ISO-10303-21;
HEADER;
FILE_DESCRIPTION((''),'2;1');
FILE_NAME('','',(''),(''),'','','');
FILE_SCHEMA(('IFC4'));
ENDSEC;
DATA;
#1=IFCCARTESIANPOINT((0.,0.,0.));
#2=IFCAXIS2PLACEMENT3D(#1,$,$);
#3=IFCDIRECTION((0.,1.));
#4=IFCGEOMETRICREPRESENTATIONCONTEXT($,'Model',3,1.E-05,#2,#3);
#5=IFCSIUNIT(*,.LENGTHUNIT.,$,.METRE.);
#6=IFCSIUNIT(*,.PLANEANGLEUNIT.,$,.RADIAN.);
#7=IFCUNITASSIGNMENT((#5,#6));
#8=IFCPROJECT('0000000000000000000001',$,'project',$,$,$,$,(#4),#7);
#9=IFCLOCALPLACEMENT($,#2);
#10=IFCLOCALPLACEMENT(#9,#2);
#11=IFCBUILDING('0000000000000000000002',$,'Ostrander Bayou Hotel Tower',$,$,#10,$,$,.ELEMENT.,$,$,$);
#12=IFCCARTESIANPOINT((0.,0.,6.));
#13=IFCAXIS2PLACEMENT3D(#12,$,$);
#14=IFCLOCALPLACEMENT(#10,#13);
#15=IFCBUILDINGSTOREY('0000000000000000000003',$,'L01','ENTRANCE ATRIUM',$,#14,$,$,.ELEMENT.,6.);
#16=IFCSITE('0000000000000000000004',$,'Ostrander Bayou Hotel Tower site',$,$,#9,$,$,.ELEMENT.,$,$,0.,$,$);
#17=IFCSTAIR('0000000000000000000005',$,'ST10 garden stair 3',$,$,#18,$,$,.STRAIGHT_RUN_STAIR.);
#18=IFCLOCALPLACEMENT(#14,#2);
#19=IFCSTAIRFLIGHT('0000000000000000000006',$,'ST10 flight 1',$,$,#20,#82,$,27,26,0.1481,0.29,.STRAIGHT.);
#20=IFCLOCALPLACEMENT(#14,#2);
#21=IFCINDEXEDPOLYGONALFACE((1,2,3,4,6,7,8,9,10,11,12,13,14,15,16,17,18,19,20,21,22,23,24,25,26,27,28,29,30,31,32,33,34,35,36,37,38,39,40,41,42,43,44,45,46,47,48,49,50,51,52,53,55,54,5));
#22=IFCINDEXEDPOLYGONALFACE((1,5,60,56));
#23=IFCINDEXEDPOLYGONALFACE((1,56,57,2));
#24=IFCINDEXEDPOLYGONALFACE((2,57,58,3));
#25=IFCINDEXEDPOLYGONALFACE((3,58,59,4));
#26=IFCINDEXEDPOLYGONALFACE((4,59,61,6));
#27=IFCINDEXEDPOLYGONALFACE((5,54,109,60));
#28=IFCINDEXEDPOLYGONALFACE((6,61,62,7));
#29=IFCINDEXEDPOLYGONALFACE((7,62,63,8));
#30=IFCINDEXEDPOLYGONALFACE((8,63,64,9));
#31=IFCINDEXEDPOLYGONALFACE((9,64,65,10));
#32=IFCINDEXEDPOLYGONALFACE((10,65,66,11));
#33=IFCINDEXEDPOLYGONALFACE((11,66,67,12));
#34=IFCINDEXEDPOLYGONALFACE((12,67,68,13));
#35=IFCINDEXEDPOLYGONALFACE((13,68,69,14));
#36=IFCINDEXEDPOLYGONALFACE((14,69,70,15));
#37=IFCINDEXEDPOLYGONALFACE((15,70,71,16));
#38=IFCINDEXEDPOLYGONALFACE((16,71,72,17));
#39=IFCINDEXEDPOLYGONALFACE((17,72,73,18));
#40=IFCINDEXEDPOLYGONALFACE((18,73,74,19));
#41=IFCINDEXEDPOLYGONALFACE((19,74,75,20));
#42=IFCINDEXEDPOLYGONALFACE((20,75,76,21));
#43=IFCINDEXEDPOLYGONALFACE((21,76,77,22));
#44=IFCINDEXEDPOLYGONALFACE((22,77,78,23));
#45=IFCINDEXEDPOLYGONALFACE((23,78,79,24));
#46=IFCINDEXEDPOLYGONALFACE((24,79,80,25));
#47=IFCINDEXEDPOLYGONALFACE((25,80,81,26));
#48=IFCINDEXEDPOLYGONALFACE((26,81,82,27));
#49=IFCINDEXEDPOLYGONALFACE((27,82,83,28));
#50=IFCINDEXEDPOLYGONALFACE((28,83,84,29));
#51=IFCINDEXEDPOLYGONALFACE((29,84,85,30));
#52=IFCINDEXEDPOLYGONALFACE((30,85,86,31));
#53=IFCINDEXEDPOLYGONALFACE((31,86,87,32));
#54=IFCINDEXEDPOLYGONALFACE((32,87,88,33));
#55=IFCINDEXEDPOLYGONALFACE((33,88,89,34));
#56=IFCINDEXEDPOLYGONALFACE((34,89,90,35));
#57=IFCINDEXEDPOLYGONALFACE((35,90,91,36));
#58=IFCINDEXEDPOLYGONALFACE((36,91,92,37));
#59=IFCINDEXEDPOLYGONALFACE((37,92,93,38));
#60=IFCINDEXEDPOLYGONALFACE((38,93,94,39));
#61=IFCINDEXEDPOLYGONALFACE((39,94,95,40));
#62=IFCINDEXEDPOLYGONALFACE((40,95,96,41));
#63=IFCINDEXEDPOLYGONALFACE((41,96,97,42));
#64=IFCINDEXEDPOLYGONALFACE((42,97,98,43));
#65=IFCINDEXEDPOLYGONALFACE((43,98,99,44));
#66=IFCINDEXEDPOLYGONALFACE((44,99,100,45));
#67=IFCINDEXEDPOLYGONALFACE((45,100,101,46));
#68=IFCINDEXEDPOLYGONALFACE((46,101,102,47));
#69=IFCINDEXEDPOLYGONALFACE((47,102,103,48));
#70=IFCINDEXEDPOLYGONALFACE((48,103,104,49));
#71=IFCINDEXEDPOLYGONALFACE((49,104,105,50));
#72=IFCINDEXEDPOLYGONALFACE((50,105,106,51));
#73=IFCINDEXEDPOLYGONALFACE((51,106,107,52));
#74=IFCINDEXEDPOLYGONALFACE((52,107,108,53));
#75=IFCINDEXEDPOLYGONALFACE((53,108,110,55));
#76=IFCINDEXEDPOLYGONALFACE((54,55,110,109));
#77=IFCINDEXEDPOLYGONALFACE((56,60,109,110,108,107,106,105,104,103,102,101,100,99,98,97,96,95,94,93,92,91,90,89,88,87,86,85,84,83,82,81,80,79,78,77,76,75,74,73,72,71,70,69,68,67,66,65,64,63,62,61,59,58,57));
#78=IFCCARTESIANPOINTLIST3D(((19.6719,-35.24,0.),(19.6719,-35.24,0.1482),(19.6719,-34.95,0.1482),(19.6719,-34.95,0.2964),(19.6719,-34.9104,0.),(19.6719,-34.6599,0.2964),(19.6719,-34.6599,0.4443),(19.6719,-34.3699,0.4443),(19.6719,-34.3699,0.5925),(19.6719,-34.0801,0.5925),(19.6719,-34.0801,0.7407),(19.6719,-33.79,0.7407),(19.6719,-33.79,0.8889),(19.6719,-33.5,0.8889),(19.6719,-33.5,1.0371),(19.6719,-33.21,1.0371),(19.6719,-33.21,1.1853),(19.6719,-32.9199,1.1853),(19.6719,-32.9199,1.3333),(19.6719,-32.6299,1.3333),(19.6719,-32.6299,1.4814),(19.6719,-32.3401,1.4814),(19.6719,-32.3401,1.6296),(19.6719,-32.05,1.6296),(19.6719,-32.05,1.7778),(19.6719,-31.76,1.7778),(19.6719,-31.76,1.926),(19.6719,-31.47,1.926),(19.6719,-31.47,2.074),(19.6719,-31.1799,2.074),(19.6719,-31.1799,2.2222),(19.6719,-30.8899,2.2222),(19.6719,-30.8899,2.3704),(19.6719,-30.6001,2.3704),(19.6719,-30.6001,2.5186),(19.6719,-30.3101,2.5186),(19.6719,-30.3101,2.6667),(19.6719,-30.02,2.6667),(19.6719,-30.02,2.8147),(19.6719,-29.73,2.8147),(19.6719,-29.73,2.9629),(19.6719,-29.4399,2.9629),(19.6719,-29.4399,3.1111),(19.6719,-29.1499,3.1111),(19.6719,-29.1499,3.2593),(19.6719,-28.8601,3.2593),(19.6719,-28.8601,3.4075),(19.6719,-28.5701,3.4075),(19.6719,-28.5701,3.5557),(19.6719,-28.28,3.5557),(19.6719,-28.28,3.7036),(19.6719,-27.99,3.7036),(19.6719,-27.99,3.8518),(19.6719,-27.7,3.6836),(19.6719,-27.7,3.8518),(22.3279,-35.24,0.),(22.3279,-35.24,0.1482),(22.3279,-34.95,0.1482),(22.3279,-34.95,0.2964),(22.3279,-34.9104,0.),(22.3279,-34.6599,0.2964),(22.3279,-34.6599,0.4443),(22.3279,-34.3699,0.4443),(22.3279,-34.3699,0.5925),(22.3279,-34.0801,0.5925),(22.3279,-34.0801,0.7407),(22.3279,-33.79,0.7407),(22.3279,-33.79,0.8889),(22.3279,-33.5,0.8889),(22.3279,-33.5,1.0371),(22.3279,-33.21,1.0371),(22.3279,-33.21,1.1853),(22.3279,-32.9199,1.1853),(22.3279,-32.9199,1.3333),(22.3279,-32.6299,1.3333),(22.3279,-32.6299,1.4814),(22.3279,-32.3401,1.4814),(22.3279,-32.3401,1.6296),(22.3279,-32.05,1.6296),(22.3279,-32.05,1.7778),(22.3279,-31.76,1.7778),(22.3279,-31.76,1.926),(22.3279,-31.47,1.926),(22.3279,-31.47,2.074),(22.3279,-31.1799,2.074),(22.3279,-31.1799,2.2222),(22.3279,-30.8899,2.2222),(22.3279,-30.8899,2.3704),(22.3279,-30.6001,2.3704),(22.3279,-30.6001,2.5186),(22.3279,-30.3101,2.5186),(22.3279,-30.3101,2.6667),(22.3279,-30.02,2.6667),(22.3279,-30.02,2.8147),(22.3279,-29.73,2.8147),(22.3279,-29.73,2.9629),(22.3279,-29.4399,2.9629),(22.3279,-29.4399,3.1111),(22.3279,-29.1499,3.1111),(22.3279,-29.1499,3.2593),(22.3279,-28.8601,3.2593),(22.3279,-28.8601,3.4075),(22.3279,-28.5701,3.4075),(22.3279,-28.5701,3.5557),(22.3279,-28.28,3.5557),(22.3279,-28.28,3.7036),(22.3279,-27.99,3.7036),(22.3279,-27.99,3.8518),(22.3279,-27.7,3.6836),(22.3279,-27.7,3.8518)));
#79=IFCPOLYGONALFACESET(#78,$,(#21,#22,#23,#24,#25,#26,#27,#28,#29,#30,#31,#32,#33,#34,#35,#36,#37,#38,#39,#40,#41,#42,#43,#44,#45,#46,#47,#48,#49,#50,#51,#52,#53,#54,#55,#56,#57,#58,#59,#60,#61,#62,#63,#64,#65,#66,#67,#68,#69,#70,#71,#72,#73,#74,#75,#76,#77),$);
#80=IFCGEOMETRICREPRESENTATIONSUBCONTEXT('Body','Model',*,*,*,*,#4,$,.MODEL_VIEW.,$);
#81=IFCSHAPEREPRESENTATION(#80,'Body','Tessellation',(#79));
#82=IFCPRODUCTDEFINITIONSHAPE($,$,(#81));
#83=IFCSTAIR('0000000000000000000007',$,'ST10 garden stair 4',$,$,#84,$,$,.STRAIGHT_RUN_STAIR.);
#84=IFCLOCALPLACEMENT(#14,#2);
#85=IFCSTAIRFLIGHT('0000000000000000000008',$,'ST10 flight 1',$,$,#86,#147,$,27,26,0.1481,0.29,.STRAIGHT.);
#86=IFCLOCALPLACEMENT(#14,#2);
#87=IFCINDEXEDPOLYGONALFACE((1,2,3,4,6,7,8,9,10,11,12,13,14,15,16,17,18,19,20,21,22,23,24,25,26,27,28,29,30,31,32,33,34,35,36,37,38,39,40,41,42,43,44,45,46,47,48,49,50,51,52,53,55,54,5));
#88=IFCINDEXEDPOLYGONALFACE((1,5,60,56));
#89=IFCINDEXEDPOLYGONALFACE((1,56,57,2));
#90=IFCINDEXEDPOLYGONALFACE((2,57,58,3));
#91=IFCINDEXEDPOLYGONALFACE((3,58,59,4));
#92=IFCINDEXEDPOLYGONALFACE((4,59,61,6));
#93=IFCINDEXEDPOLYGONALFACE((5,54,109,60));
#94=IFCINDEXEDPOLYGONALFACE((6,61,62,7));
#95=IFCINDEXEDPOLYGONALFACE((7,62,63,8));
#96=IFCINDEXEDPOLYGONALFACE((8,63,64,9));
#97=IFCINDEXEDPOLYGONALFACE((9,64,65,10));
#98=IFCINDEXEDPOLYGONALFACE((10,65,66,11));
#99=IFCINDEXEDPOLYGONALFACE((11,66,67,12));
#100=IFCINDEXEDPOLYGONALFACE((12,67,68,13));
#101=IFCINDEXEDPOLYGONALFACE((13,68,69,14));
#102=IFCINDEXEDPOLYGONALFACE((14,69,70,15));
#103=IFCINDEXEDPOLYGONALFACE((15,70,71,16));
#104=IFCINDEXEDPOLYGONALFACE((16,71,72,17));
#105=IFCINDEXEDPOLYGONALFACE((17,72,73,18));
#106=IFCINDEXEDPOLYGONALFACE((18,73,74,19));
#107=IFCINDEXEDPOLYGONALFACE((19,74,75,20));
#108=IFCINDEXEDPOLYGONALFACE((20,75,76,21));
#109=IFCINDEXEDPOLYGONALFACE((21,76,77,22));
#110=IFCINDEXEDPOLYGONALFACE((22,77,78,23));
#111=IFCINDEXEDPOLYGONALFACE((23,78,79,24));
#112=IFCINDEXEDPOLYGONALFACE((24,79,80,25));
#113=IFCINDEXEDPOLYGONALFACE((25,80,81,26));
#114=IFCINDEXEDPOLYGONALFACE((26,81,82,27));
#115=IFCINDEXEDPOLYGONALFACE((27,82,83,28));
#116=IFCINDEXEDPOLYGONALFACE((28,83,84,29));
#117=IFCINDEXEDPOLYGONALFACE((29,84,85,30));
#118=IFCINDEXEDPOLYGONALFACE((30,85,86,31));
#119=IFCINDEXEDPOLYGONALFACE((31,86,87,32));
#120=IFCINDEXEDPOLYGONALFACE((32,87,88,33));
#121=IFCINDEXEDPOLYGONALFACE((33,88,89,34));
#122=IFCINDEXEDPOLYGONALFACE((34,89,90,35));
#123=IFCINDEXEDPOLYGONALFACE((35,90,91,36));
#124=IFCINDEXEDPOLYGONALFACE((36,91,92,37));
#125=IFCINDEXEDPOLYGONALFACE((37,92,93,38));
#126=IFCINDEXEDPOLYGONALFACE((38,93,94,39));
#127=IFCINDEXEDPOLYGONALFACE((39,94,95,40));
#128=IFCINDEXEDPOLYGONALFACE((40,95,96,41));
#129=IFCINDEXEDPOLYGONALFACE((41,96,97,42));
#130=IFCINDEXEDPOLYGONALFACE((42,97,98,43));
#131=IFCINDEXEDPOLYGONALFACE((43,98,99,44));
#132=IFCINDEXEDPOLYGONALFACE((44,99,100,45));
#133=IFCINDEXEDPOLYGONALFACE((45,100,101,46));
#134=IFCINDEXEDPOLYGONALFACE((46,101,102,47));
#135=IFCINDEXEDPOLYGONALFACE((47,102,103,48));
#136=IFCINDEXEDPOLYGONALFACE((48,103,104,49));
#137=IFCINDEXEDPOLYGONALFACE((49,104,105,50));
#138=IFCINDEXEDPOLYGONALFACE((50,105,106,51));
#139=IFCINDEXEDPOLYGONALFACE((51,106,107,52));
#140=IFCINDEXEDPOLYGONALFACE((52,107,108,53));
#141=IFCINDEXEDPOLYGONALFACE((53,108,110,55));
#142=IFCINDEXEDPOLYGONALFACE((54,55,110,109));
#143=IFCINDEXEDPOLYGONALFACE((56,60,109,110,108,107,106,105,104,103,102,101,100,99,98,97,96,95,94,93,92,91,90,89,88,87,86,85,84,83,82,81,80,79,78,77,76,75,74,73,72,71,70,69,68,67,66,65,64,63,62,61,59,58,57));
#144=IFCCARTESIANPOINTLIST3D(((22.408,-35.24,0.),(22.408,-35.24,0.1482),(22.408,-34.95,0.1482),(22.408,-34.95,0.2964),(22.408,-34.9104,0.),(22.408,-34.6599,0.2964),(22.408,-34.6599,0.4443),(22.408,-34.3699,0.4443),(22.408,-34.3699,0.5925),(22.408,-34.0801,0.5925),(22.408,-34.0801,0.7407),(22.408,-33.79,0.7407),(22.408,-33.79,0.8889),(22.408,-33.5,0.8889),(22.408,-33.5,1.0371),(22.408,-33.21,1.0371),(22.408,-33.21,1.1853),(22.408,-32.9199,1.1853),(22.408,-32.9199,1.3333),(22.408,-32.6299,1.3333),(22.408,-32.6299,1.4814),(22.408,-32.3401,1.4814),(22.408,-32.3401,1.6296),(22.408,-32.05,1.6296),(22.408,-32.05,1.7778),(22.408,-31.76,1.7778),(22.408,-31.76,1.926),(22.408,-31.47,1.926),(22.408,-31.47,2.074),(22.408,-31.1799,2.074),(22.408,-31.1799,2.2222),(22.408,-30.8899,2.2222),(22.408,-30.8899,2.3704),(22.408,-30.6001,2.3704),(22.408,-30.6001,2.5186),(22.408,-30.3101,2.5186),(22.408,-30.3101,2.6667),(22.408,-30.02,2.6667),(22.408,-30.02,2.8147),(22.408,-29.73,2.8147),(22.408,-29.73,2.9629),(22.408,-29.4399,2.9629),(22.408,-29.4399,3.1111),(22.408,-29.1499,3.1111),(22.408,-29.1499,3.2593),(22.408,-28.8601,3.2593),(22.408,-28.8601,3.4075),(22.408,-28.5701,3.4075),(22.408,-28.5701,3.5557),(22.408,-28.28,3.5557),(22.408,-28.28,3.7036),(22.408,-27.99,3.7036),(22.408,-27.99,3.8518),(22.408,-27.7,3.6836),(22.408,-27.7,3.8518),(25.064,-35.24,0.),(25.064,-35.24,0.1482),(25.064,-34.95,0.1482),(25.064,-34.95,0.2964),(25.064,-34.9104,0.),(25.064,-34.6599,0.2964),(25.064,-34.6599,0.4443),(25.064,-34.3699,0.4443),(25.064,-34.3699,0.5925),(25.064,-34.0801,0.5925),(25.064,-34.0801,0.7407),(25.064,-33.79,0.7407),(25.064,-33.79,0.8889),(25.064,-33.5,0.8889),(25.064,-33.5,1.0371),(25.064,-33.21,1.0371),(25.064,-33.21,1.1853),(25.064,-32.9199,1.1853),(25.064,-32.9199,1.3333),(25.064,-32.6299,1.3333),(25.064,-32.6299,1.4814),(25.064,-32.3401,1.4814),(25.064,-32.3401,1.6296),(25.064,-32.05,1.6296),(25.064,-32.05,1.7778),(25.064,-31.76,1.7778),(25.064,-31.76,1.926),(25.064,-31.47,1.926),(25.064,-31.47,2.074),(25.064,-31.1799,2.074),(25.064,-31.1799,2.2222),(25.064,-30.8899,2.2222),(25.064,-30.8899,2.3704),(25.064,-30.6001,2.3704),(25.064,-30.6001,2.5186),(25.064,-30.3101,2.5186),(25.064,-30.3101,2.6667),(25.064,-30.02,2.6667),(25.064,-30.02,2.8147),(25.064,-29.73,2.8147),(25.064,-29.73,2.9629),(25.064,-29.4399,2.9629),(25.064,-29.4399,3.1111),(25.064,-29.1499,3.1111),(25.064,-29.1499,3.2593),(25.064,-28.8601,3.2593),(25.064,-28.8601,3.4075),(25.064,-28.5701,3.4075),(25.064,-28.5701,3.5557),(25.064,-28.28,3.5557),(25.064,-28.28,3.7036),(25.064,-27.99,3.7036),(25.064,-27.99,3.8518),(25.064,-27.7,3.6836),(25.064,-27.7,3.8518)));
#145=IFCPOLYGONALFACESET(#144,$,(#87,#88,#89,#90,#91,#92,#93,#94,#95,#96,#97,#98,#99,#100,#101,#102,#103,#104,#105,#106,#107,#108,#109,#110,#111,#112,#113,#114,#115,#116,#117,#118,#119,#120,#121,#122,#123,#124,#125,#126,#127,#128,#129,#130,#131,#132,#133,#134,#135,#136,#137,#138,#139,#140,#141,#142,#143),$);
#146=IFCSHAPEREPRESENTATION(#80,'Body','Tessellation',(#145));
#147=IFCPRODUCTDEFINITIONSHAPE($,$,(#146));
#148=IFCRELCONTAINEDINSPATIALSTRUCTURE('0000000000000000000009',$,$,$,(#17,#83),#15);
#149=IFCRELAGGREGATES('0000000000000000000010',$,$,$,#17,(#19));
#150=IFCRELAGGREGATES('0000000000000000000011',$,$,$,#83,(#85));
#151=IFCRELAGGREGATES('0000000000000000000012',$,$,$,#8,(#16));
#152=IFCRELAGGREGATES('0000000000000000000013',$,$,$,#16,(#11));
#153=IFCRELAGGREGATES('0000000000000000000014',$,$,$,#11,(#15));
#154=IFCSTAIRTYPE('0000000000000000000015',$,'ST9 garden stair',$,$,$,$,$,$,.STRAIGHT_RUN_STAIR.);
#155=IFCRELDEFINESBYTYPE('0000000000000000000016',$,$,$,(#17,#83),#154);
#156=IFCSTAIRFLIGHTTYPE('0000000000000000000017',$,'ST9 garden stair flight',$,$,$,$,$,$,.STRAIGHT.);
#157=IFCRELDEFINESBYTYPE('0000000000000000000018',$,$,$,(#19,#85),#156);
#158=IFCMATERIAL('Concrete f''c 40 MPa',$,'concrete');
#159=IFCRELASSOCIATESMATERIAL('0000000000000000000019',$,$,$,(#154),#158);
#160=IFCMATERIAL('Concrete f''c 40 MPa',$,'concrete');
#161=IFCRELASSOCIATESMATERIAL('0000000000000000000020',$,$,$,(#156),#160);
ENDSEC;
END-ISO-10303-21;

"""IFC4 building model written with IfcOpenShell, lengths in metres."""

from ifc_helpers import new_model, si_unit, direction, frame, origin, place, context, subcontext, project, spatial, polyline, outline, extrude, material, type_object, element, aggregate, save


model = new_model("IFC4")

# Units and contexts
model_context = context("Model", 3, precision=1e-05, world=origin(), true_north=direction((0.0, 1.0)))
body_context = subcontext(model_context, "Body", "Model", "MODEL_VIEW")
ifc_project = project(units=[si_unit("LENGTHUNIT", "METRE"), si_unit("PLANEANGLEUNIT", "RADIAN")], contexts=[model_context])

# Site, building, storey
site_placement = place(None, origin())
site = spatial("IfcSite", under=ifc_project, at=site_placement, Name="Ostrander Bayou Hotel Tower site", CompositionType="ELEMENT", RefElevation=0.0)
building_placement = place(site_placement, origin())
building = spatial("IfcBuilding", under=site, at=building_placement, Name="Ostrander Bayou Hotel Tower", CompositionType="ELEMENT")
storey_placement = place(building_placement, frame((0.0, 0.0, 6.0)))
storey = spatial("IfcBuildingStorey", under=building, at=storey_placement, Name="L01", Description="ENTRANCE ATRIUM", CompositionType="ELEMENT", Elevation=6.0)

# Stairs, stair flights
ifc_material_1 = material(Name="Concrete f'c 40 MPa", Category="concrete")
stair_type = type_object("IfcStairType", Name="ST9 garden stair", PredefinedType="STRAIGHT_RUN_STAIR", material=ifc_material_1)
ifc_material_2 = material(Name="Concrete f'c 40 MPa", Category="concrete")
stair_flight_type = type_object("IfcStairFlightType", Name="ST9 garden stair flight", PredefinedType="STRAIGHT", material=ifc_material_2)
stair_1_placement = place(storey_placement, origin())
stair_1 = element("IfcStair", 1, at=stair_1_placement, inside=storey, type_object=stair_type, Name="ST10 garden stair 3", PredefinedType="STRAIGHT_RUN_STAIR")
stair_flight_1_placement = place(storey_placement, frame((21.0, -35.24, 0.0), z_axis=(0.0, 0.0, 1.0), x_axis=(0.0, 1.0, 0.0)))
stair_flight_1 = element("IfcStairFlight", 2, at=stair_flight_1_placement, type_object=stair_flight_type, Name="ST10 flight 1", NumberOfRisers=27, NumberOfTreads=26, PredefinedType="STRAIGHT", RiserHeight=0.1481, TreadLength=0.29, context=body_context, shape_type="SweptSolid", body=[
    extrude(outline(polyline([(0.0, 0.0), (0.0, 0.1482), (0.29, 0.1482), (0.29, 0.2964), (0.5801, 0.2964), (0.5801, 0.4443), (0.8701, 0.4443), (0.8701, 0.5925), (1.1599, 0.5925), (1.1599, 0.7407), (1.45, 0.7407), (1.45, 0.8889), (1.74, 0.8889), (1.74, 1.0371), (2.03, 1.0371), (2.03, 1.1853), (2.3201, 1.1853), (2.3201, 1.3333), (2.6101, 1.3333), (2.6101, 1.4814), (2.8999, 1.4814), (2.8999, 1.6296), (3.1899, 1.6296), (3.1899, 1.7778), (3.48, 1.7778), (3.48, 1.926), (3.77, 1.926), (3.77, 2.074), (4.0601, 2.074), (4.0601, 2.2222), (4.3501, 2.2222), (4.3501, 2.3704), (4.6399, 2.3704), (4.6399, 2.5186), (4.9299, 2.5186), (4.9299, 2.6667), (5.22, 2.6667), (5.22, 2.8147), (5.51, 2.8147), (5.51, 2.9629), (5.8, 2.9629), (5.8, 3.1111), (6.0901, 3.1111), (6.0901, 3.2593), (6.3799, 3.2593), (6.3799, 3.4075), (6.6699, 3.4075), (6.6699, 3.5557), (6.96, 3.5557), (6.96, 3.7036), (7.25, 3.7036), (7.25, 3.8518), (7.54, 3.8518), (7.54, 4.0), (7.54, 3.6836), (0.3296, 0.0), (0.0, 0.0)])), frame((0.0, 1.3281, 0.0), z_axis=(0.0, -1.0, 0.0), x_axis=(1.0, 0.0, 0.0)), (0.0, 0.0, 1.0), 2.656),
])
aggregate(stair_1, [stair_flight_1])
stair_2_placement = place(storey_placement, origin())
stair_2 = element("IfcStair", 3, at=stair_2_placement, inside=storey, type_object=stair_type, Name="ST10 garden stair 4", PredefinedType="STRAIGHT_RUN_STAIR")
stair_flight_2_placement = place(storey_placement, frame((23.7361, -35.24, 0.0), z_axis=(0.0, 0.0, 1.0), x_axis=(0.0, 1.0, 0.0)))
stair_flight_2 = element("IfcStairFlight", 4, at=stair_flight_2_placement, type_object=stair_flight_type, Name="ST10 flight 1", NumberOfRisers=27, NumberOfTreads=26, PredefinedType="STRAIGHT", RiserHeight=0.1481, TreadLength=0.29, context=body_context, shape_type="SweptSolid", body=[
    extrude(outline(polyline([(0.0, 0.0), (0.0, 0.1482), (0.29, 0.1482), (0.29, 0.2964), (0.5801, 0.2964), (0.5801, 0.4443), (0.8701, 0.4443), (0.8701, 0.5925), (1.1599, 0.5925), (1.1599, 0.7407), (1.45, 0.7407), (1.45, 0.8889), (1.74, 0.8889), (1.74, 1.0371), (2.03, 1.0371), (2.03, 1.1853), (2.3201, 1.1853), (2.3201, 1.3333), (2.6101, 1.3333), (2.6101, 1.4814), (2.8999, 1.4814), (2.8999, 1.6296), (3.1899, 1.6296), (3.1899, 1.7778), (3.48, 1.7778), (3.48, 1.926), (3.77, 1.926), (3.77, 2.074), (4.0601, 2.074), (4.0601, 2.2222), (4.3501, 2.2222), (4.3501, 2.3704), (4.6399, 2.3704), (4.6399, 2.5186), (4.9299, 2.5186), (4.9299, 2.6667), (5.22, 2.6667), (5.22, 2.8147), (5.51, 2.8147), (5.51, 2.9629), (5.8, 2.9629), (5.8, 3.1111), (6.0901, 3.1111), (6.0901, 3.2593), (6.3799, 3.2593), (6.3799, 3.4075), (6.6699, 3.4075), (6.6699, 3.5557), (6.96, 3.5557), (6.96, 3.7036), (7.25, 3.7036), (7.25, 3.8518), (7.54, 3.8518), (7.54, 4.0), (7.54, 3.6836), (0.3296, 0.0), (0.0, 0.0)])), frame((0.0, 1.3281, 0.0), z_axis=(0.0, -1.0, 0.0), x_axis=(1.0, 0.0, 0.0)), (0.0, 0.0, 1.0), 2.656),
])
aggregate(stair_2, [stair_flight_2])

save(model, "model.ifc")
